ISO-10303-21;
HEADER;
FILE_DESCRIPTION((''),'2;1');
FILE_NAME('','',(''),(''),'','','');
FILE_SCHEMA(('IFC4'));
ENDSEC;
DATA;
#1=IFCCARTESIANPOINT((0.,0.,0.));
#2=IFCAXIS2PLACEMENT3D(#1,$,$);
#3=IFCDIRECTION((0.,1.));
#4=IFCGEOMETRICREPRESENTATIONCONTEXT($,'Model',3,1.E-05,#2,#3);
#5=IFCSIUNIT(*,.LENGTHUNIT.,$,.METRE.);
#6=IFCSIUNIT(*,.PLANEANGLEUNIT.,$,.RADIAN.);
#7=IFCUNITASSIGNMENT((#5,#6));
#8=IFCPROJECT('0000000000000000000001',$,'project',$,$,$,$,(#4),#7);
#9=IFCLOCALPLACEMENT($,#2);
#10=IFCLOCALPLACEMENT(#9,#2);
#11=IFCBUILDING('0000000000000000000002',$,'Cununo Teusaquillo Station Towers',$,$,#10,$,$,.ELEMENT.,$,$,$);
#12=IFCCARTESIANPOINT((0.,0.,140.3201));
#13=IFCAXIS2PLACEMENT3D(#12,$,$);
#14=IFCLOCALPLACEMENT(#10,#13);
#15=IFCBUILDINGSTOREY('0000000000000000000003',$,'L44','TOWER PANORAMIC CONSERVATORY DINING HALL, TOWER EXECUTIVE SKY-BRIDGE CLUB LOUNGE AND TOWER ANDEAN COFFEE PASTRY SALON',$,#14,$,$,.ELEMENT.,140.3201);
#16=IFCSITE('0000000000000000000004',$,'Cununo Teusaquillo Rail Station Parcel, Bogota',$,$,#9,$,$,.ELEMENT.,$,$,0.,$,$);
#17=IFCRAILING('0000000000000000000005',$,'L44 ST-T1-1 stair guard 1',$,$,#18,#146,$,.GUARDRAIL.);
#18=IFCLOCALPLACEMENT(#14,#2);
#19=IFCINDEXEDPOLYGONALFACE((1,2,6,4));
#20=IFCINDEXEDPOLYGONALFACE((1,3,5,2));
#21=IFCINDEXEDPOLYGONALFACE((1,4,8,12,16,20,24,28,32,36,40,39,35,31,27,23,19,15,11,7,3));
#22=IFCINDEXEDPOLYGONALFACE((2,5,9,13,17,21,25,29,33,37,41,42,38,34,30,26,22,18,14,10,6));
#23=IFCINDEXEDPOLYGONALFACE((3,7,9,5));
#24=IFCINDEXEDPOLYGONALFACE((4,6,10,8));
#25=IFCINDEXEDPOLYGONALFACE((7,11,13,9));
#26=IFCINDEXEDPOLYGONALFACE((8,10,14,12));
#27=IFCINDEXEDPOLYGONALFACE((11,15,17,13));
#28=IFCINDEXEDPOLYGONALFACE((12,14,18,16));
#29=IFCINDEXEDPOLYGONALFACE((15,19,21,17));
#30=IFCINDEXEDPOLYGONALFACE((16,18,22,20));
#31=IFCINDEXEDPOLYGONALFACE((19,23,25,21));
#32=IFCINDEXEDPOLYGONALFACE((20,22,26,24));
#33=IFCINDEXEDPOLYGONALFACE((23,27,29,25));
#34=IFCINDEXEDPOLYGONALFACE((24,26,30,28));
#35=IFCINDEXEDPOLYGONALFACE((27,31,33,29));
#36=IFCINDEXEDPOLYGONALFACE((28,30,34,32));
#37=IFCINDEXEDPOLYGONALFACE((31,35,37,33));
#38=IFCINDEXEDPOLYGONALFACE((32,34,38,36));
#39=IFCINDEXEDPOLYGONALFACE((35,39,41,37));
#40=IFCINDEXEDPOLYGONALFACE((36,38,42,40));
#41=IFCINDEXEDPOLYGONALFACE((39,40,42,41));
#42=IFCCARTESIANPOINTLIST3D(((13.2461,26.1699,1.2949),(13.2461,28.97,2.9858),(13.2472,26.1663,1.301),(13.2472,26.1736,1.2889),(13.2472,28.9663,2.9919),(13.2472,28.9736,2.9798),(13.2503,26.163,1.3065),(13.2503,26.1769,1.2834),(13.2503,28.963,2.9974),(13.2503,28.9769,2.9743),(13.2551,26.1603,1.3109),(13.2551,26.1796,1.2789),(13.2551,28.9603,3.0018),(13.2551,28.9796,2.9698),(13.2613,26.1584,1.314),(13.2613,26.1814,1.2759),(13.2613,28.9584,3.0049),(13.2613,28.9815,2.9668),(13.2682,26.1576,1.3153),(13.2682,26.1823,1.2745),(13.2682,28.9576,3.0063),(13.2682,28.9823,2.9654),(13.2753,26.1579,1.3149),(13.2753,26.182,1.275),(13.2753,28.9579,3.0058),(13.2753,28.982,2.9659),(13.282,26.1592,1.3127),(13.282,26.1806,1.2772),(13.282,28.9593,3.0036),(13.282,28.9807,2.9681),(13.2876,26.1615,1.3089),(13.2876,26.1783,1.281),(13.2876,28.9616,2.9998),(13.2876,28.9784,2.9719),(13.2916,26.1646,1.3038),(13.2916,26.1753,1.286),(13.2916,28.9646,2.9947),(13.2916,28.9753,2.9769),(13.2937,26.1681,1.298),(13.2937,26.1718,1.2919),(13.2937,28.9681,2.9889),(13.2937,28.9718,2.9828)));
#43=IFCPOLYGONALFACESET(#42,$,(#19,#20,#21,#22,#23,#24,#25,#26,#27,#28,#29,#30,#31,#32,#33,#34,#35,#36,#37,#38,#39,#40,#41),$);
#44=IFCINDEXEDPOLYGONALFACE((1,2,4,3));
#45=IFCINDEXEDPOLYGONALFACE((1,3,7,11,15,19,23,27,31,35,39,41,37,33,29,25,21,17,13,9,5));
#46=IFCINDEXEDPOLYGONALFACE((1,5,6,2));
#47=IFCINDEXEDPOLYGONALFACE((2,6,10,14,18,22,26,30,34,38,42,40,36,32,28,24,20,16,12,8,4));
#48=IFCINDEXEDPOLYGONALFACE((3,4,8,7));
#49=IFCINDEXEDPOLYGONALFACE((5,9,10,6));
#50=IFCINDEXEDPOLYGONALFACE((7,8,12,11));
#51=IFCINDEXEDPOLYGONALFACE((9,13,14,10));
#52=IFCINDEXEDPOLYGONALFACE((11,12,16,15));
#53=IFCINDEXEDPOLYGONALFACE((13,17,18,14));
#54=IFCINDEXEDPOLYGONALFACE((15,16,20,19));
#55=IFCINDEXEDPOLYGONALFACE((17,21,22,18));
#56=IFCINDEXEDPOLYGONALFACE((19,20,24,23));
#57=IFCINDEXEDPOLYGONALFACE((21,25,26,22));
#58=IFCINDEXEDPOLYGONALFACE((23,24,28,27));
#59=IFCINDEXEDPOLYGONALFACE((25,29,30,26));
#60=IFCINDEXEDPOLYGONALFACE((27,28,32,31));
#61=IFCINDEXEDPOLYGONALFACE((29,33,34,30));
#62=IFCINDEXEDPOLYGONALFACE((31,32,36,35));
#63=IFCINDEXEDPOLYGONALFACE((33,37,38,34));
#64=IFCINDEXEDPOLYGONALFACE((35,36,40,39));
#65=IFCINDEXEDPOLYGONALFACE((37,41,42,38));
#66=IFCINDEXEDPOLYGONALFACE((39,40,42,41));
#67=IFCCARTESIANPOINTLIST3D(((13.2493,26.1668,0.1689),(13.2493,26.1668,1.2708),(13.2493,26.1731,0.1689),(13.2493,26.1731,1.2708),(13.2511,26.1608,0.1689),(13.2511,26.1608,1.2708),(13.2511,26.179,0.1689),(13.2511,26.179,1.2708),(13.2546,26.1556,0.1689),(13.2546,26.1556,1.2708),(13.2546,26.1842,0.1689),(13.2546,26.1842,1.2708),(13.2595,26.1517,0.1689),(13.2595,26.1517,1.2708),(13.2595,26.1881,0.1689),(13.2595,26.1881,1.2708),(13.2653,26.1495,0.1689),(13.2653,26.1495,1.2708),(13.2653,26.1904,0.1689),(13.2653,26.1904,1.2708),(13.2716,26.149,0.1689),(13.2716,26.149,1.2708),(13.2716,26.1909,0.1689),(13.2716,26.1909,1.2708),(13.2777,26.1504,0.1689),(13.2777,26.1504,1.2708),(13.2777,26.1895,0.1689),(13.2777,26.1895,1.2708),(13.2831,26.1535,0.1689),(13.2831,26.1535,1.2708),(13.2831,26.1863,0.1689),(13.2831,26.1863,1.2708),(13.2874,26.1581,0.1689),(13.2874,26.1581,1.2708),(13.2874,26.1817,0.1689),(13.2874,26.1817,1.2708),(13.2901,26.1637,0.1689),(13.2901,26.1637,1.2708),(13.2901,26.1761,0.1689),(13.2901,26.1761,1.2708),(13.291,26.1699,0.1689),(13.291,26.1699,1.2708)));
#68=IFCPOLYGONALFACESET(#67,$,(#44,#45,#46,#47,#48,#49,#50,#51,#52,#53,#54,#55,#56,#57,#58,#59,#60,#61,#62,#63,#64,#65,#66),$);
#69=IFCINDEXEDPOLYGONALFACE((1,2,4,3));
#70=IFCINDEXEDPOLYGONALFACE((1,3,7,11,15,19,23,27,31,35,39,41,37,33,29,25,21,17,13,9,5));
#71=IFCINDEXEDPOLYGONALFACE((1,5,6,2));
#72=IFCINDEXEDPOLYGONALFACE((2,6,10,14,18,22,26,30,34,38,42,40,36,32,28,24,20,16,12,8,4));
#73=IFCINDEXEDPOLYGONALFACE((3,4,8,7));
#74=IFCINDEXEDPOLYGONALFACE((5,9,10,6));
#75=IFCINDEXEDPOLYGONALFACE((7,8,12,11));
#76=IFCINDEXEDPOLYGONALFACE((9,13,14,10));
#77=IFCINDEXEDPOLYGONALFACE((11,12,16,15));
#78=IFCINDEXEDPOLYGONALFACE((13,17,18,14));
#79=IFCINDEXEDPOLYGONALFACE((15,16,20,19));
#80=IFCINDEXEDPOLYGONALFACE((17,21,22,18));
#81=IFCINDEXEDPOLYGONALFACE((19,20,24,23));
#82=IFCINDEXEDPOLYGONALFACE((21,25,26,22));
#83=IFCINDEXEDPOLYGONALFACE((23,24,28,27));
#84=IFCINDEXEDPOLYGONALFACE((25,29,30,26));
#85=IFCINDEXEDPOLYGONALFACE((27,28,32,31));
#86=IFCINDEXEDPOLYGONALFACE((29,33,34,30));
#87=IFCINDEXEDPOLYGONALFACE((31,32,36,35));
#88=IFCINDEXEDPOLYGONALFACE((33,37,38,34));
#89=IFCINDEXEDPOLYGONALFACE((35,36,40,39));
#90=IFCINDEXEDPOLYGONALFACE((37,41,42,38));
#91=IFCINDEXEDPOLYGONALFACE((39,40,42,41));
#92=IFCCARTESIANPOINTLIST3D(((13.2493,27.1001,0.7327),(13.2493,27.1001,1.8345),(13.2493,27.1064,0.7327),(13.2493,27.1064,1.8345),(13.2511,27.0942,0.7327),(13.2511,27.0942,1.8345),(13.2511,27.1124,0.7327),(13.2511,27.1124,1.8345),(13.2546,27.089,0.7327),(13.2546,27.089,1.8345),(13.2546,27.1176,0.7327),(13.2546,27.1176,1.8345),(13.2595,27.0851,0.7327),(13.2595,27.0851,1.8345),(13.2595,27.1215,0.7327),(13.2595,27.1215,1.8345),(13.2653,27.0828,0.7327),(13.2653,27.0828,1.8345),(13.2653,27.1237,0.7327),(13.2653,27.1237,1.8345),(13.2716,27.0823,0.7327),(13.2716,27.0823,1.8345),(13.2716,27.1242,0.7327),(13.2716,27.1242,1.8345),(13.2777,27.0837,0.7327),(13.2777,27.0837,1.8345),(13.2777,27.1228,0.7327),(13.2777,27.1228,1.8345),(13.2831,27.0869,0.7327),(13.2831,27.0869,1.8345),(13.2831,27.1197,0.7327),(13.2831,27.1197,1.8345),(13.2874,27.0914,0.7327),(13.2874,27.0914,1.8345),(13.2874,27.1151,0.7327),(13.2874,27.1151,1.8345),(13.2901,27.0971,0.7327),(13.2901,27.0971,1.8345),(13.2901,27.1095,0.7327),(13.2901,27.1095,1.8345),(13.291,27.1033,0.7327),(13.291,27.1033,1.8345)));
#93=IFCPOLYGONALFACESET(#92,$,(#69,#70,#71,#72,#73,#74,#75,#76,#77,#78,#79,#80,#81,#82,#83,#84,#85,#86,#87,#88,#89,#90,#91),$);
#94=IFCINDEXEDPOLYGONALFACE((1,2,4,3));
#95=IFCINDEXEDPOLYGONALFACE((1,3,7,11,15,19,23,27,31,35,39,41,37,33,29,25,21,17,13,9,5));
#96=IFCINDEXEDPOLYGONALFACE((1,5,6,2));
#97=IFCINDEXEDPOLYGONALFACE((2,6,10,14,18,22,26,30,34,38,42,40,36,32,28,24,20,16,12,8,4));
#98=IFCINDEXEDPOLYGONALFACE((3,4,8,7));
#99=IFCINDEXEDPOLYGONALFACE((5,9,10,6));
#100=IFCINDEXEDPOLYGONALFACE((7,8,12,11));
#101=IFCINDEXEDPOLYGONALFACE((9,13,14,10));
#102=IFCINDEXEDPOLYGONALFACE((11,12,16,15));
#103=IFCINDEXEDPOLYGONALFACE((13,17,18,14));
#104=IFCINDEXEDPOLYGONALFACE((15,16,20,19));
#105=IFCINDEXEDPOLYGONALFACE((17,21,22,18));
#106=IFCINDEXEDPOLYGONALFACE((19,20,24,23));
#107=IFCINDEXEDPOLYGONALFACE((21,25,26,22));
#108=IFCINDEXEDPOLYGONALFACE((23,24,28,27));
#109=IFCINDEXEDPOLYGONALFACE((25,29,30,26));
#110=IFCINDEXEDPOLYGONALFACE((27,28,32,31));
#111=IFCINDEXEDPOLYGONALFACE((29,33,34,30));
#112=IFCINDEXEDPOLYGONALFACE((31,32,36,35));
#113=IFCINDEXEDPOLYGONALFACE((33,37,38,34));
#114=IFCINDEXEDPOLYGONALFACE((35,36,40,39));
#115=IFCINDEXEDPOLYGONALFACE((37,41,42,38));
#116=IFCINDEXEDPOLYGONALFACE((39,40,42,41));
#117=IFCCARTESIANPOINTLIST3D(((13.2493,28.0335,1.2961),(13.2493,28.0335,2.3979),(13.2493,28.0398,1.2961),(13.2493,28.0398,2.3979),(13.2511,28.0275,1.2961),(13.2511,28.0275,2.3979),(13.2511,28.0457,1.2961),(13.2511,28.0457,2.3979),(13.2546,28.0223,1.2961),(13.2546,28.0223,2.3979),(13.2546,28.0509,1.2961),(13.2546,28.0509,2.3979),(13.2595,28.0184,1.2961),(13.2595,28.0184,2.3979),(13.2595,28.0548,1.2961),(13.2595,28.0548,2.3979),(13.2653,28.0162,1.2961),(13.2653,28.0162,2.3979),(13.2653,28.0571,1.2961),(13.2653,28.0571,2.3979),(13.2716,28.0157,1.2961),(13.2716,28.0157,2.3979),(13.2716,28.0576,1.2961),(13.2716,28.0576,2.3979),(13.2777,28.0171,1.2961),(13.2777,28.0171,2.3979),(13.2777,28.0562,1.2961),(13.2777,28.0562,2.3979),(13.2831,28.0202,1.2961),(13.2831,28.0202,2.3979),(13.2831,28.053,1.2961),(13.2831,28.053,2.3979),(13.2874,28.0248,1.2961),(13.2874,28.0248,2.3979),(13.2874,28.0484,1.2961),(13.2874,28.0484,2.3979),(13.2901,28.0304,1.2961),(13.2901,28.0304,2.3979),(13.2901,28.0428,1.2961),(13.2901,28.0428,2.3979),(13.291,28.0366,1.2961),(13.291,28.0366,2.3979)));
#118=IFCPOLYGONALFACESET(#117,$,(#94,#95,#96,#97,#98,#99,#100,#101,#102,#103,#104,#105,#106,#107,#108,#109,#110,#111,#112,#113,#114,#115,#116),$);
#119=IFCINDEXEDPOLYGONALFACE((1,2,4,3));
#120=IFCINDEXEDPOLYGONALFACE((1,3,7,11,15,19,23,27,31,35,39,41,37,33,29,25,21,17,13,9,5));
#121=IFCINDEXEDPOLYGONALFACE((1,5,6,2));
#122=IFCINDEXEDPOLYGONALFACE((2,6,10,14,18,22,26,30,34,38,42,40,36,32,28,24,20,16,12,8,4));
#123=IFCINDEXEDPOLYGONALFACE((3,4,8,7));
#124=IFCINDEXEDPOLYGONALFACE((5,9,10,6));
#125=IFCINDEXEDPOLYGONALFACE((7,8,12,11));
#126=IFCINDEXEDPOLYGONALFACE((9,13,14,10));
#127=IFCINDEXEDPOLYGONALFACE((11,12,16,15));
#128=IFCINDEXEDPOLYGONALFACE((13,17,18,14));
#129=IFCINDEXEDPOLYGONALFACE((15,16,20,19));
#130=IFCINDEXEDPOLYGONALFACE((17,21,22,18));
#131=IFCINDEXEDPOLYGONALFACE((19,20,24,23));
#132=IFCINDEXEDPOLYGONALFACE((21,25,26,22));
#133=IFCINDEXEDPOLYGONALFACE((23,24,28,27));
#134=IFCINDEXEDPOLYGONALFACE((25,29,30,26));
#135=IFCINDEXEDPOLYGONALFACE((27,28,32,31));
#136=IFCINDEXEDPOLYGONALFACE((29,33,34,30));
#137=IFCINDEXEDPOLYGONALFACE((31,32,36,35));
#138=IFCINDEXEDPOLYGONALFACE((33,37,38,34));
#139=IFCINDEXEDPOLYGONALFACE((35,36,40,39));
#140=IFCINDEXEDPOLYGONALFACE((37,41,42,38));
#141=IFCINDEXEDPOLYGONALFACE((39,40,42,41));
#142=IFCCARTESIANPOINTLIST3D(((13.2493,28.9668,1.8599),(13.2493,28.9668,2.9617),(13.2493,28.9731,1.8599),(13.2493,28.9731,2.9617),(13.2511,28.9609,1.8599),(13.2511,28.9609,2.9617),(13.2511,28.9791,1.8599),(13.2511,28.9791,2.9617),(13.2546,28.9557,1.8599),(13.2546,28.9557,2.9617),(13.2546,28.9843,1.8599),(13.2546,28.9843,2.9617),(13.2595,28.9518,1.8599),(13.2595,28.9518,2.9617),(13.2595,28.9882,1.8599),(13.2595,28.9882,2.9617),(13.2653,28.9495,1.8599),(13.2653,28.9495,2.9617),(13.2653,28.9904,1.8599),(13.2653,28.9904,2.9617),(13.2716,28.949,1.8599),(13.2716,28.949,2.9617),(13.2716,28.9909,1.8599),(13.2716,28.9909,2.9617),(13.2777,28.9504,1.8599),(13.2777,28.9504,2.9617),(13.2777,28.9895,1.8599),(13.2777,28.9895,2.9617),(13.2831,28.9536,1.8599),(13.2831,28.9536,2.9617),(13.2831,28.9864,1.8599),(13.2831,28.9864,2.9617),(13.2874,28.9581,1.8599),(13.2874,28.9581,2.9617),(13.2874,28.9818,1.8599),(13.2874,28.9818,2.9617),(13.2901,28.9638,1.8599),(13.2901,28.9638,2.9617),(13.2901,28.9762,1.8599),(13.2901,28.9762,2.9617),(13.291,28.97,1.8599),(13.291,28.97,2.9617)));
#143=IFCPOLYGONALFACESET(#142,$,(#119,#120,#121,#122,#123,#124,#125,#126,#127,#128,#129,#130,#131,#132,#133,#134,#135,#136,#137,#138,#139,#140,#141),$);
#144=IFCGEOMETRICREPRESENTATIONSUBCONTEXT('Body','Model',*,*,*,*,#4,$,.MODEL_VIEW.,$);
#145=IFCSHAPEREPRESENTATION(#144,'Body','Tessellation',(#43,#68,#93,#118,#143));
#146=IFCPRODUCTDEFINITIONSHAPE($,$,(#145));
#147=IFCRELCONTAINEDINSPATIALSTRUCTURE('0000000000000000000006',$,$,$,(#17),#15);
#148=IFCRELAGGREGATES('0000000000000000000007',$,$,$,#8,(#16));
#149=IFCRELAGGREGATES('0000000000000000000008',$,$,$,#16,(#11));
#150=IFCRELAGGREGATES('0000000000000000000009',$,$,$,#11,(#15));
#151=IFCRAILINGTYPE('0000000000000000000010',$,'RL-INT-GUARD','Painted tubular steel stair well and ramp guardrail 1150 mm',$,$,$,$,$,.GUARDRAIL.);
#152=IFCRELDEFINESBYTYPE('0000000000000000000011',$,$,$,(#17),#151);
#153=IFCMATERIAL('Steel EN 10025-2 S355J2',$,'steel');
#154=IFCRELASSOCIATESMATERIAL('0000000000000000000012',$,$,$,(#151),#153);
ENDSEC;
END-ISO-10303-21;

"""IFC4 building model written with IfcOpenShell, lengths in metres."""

from ifc_helpers import new_model, si_unit, direction, frame, origin, origin_2d, place, context, subcontext, project, spatial, circle, extrude, material, type_object, element, save


model = new_model("IFC4")

# Units and contexts
model_context = context("Model", 3, precision=1e-05, world=origin(), true_north=direction((0.0, 1.0)))
body_context = subcontext(model_context, "Body", "Model", "MODEL_VIEW")
ifc_project = project(units=[si_unit("LENGTHUNIT", "METRE"), si_unit("PLANEANGLEUNIT", "RADIAN")], contexts=[model_context])

# Site, building, storey
site_placement = place(None, origin())
site = spatial("IfcSite", under=ifc_project, at=site_placement, Name="Cununo Teusaquillo Rail Station Parcel, Bogota", CompositionType="ELEMENT", RefElevation=0.0)
building_placement = place(site_placement, origin())
building = spatial("IfcBuilding", under=site, at=building_placement, Name="Cununo Teusaquillo Station Towers", CompositionType="ELEMENT")
storey_placement = place(building_placement, frame((0.0, 0.0, 140.3201)))
storey = spatial("IfcBuildingStorey", under=building, at=storey_placement, Name="L44", Description="TOWER PANORAMIC CONSERVATORY DINING HALL, TOWER EXECUTIVE SKY-BRIDGE CLUB LOUNGE AND TOWER ANDEAN COFFEE PASTRY SALON", CompositionType="ELEMENT", Elevation=140.3201)

# Railing
ifc_material_1 = material(Name="Steel EN 10025-2 S355J2", Category="steel")
railing_type_1 = type_object("IfcRailingType", Name="RL-INT-GUARD", Description="Painted tubular steel stair well and ramp guardrail 1150 mm", PredefinedType="GUARDRAIL", material=ifc_material_1)
railing_1_placement = place(storey_placement, frame((13.27, 26.1699, 0.1689)))
element("IfcRailing", 1, at=railing_1_placement, inside=storey, type_object=railing_type_1, Name="L44 ST-T1-1 stair guard 1", PredefinedType="GUARDRAIL", context=body_context, shape_type="SweptSolid", body=[
    extrude(circle(Radius=0.0239, at=origin_2d()), frame((0.0, 0.0, 1.126), z_axis=(0.0, 0.856021, 0.516941), x_axis=(-1.0, 0.0, 0.0)), (0.0, 0.0, 1.0), 3.271),
    extrude(circle(Radius=0.021, at=origin_2d()), origin(), (0.0, 0.0, 1.0), 1.1018),
    extrude(circle(Radius=0.021, at=origin_2d()), frame((0.0, 0.9333, 0.5637)), (0.0, 0.0, 1.0), 1.1018),
    extrude(circle(Radius=0.021, at=origin_2d()), frame((0.0, 1.8667, 1.1272)), (0.0, 0.0, 1.0), 1.1018),
    extrude(circle(Radius=0.021, at=origin_2d()), frame((0.0, 2.8, 1.6909)), (0.0, 0.0, 1.0), 1.1018),
])

save(model, "model.ifc")
